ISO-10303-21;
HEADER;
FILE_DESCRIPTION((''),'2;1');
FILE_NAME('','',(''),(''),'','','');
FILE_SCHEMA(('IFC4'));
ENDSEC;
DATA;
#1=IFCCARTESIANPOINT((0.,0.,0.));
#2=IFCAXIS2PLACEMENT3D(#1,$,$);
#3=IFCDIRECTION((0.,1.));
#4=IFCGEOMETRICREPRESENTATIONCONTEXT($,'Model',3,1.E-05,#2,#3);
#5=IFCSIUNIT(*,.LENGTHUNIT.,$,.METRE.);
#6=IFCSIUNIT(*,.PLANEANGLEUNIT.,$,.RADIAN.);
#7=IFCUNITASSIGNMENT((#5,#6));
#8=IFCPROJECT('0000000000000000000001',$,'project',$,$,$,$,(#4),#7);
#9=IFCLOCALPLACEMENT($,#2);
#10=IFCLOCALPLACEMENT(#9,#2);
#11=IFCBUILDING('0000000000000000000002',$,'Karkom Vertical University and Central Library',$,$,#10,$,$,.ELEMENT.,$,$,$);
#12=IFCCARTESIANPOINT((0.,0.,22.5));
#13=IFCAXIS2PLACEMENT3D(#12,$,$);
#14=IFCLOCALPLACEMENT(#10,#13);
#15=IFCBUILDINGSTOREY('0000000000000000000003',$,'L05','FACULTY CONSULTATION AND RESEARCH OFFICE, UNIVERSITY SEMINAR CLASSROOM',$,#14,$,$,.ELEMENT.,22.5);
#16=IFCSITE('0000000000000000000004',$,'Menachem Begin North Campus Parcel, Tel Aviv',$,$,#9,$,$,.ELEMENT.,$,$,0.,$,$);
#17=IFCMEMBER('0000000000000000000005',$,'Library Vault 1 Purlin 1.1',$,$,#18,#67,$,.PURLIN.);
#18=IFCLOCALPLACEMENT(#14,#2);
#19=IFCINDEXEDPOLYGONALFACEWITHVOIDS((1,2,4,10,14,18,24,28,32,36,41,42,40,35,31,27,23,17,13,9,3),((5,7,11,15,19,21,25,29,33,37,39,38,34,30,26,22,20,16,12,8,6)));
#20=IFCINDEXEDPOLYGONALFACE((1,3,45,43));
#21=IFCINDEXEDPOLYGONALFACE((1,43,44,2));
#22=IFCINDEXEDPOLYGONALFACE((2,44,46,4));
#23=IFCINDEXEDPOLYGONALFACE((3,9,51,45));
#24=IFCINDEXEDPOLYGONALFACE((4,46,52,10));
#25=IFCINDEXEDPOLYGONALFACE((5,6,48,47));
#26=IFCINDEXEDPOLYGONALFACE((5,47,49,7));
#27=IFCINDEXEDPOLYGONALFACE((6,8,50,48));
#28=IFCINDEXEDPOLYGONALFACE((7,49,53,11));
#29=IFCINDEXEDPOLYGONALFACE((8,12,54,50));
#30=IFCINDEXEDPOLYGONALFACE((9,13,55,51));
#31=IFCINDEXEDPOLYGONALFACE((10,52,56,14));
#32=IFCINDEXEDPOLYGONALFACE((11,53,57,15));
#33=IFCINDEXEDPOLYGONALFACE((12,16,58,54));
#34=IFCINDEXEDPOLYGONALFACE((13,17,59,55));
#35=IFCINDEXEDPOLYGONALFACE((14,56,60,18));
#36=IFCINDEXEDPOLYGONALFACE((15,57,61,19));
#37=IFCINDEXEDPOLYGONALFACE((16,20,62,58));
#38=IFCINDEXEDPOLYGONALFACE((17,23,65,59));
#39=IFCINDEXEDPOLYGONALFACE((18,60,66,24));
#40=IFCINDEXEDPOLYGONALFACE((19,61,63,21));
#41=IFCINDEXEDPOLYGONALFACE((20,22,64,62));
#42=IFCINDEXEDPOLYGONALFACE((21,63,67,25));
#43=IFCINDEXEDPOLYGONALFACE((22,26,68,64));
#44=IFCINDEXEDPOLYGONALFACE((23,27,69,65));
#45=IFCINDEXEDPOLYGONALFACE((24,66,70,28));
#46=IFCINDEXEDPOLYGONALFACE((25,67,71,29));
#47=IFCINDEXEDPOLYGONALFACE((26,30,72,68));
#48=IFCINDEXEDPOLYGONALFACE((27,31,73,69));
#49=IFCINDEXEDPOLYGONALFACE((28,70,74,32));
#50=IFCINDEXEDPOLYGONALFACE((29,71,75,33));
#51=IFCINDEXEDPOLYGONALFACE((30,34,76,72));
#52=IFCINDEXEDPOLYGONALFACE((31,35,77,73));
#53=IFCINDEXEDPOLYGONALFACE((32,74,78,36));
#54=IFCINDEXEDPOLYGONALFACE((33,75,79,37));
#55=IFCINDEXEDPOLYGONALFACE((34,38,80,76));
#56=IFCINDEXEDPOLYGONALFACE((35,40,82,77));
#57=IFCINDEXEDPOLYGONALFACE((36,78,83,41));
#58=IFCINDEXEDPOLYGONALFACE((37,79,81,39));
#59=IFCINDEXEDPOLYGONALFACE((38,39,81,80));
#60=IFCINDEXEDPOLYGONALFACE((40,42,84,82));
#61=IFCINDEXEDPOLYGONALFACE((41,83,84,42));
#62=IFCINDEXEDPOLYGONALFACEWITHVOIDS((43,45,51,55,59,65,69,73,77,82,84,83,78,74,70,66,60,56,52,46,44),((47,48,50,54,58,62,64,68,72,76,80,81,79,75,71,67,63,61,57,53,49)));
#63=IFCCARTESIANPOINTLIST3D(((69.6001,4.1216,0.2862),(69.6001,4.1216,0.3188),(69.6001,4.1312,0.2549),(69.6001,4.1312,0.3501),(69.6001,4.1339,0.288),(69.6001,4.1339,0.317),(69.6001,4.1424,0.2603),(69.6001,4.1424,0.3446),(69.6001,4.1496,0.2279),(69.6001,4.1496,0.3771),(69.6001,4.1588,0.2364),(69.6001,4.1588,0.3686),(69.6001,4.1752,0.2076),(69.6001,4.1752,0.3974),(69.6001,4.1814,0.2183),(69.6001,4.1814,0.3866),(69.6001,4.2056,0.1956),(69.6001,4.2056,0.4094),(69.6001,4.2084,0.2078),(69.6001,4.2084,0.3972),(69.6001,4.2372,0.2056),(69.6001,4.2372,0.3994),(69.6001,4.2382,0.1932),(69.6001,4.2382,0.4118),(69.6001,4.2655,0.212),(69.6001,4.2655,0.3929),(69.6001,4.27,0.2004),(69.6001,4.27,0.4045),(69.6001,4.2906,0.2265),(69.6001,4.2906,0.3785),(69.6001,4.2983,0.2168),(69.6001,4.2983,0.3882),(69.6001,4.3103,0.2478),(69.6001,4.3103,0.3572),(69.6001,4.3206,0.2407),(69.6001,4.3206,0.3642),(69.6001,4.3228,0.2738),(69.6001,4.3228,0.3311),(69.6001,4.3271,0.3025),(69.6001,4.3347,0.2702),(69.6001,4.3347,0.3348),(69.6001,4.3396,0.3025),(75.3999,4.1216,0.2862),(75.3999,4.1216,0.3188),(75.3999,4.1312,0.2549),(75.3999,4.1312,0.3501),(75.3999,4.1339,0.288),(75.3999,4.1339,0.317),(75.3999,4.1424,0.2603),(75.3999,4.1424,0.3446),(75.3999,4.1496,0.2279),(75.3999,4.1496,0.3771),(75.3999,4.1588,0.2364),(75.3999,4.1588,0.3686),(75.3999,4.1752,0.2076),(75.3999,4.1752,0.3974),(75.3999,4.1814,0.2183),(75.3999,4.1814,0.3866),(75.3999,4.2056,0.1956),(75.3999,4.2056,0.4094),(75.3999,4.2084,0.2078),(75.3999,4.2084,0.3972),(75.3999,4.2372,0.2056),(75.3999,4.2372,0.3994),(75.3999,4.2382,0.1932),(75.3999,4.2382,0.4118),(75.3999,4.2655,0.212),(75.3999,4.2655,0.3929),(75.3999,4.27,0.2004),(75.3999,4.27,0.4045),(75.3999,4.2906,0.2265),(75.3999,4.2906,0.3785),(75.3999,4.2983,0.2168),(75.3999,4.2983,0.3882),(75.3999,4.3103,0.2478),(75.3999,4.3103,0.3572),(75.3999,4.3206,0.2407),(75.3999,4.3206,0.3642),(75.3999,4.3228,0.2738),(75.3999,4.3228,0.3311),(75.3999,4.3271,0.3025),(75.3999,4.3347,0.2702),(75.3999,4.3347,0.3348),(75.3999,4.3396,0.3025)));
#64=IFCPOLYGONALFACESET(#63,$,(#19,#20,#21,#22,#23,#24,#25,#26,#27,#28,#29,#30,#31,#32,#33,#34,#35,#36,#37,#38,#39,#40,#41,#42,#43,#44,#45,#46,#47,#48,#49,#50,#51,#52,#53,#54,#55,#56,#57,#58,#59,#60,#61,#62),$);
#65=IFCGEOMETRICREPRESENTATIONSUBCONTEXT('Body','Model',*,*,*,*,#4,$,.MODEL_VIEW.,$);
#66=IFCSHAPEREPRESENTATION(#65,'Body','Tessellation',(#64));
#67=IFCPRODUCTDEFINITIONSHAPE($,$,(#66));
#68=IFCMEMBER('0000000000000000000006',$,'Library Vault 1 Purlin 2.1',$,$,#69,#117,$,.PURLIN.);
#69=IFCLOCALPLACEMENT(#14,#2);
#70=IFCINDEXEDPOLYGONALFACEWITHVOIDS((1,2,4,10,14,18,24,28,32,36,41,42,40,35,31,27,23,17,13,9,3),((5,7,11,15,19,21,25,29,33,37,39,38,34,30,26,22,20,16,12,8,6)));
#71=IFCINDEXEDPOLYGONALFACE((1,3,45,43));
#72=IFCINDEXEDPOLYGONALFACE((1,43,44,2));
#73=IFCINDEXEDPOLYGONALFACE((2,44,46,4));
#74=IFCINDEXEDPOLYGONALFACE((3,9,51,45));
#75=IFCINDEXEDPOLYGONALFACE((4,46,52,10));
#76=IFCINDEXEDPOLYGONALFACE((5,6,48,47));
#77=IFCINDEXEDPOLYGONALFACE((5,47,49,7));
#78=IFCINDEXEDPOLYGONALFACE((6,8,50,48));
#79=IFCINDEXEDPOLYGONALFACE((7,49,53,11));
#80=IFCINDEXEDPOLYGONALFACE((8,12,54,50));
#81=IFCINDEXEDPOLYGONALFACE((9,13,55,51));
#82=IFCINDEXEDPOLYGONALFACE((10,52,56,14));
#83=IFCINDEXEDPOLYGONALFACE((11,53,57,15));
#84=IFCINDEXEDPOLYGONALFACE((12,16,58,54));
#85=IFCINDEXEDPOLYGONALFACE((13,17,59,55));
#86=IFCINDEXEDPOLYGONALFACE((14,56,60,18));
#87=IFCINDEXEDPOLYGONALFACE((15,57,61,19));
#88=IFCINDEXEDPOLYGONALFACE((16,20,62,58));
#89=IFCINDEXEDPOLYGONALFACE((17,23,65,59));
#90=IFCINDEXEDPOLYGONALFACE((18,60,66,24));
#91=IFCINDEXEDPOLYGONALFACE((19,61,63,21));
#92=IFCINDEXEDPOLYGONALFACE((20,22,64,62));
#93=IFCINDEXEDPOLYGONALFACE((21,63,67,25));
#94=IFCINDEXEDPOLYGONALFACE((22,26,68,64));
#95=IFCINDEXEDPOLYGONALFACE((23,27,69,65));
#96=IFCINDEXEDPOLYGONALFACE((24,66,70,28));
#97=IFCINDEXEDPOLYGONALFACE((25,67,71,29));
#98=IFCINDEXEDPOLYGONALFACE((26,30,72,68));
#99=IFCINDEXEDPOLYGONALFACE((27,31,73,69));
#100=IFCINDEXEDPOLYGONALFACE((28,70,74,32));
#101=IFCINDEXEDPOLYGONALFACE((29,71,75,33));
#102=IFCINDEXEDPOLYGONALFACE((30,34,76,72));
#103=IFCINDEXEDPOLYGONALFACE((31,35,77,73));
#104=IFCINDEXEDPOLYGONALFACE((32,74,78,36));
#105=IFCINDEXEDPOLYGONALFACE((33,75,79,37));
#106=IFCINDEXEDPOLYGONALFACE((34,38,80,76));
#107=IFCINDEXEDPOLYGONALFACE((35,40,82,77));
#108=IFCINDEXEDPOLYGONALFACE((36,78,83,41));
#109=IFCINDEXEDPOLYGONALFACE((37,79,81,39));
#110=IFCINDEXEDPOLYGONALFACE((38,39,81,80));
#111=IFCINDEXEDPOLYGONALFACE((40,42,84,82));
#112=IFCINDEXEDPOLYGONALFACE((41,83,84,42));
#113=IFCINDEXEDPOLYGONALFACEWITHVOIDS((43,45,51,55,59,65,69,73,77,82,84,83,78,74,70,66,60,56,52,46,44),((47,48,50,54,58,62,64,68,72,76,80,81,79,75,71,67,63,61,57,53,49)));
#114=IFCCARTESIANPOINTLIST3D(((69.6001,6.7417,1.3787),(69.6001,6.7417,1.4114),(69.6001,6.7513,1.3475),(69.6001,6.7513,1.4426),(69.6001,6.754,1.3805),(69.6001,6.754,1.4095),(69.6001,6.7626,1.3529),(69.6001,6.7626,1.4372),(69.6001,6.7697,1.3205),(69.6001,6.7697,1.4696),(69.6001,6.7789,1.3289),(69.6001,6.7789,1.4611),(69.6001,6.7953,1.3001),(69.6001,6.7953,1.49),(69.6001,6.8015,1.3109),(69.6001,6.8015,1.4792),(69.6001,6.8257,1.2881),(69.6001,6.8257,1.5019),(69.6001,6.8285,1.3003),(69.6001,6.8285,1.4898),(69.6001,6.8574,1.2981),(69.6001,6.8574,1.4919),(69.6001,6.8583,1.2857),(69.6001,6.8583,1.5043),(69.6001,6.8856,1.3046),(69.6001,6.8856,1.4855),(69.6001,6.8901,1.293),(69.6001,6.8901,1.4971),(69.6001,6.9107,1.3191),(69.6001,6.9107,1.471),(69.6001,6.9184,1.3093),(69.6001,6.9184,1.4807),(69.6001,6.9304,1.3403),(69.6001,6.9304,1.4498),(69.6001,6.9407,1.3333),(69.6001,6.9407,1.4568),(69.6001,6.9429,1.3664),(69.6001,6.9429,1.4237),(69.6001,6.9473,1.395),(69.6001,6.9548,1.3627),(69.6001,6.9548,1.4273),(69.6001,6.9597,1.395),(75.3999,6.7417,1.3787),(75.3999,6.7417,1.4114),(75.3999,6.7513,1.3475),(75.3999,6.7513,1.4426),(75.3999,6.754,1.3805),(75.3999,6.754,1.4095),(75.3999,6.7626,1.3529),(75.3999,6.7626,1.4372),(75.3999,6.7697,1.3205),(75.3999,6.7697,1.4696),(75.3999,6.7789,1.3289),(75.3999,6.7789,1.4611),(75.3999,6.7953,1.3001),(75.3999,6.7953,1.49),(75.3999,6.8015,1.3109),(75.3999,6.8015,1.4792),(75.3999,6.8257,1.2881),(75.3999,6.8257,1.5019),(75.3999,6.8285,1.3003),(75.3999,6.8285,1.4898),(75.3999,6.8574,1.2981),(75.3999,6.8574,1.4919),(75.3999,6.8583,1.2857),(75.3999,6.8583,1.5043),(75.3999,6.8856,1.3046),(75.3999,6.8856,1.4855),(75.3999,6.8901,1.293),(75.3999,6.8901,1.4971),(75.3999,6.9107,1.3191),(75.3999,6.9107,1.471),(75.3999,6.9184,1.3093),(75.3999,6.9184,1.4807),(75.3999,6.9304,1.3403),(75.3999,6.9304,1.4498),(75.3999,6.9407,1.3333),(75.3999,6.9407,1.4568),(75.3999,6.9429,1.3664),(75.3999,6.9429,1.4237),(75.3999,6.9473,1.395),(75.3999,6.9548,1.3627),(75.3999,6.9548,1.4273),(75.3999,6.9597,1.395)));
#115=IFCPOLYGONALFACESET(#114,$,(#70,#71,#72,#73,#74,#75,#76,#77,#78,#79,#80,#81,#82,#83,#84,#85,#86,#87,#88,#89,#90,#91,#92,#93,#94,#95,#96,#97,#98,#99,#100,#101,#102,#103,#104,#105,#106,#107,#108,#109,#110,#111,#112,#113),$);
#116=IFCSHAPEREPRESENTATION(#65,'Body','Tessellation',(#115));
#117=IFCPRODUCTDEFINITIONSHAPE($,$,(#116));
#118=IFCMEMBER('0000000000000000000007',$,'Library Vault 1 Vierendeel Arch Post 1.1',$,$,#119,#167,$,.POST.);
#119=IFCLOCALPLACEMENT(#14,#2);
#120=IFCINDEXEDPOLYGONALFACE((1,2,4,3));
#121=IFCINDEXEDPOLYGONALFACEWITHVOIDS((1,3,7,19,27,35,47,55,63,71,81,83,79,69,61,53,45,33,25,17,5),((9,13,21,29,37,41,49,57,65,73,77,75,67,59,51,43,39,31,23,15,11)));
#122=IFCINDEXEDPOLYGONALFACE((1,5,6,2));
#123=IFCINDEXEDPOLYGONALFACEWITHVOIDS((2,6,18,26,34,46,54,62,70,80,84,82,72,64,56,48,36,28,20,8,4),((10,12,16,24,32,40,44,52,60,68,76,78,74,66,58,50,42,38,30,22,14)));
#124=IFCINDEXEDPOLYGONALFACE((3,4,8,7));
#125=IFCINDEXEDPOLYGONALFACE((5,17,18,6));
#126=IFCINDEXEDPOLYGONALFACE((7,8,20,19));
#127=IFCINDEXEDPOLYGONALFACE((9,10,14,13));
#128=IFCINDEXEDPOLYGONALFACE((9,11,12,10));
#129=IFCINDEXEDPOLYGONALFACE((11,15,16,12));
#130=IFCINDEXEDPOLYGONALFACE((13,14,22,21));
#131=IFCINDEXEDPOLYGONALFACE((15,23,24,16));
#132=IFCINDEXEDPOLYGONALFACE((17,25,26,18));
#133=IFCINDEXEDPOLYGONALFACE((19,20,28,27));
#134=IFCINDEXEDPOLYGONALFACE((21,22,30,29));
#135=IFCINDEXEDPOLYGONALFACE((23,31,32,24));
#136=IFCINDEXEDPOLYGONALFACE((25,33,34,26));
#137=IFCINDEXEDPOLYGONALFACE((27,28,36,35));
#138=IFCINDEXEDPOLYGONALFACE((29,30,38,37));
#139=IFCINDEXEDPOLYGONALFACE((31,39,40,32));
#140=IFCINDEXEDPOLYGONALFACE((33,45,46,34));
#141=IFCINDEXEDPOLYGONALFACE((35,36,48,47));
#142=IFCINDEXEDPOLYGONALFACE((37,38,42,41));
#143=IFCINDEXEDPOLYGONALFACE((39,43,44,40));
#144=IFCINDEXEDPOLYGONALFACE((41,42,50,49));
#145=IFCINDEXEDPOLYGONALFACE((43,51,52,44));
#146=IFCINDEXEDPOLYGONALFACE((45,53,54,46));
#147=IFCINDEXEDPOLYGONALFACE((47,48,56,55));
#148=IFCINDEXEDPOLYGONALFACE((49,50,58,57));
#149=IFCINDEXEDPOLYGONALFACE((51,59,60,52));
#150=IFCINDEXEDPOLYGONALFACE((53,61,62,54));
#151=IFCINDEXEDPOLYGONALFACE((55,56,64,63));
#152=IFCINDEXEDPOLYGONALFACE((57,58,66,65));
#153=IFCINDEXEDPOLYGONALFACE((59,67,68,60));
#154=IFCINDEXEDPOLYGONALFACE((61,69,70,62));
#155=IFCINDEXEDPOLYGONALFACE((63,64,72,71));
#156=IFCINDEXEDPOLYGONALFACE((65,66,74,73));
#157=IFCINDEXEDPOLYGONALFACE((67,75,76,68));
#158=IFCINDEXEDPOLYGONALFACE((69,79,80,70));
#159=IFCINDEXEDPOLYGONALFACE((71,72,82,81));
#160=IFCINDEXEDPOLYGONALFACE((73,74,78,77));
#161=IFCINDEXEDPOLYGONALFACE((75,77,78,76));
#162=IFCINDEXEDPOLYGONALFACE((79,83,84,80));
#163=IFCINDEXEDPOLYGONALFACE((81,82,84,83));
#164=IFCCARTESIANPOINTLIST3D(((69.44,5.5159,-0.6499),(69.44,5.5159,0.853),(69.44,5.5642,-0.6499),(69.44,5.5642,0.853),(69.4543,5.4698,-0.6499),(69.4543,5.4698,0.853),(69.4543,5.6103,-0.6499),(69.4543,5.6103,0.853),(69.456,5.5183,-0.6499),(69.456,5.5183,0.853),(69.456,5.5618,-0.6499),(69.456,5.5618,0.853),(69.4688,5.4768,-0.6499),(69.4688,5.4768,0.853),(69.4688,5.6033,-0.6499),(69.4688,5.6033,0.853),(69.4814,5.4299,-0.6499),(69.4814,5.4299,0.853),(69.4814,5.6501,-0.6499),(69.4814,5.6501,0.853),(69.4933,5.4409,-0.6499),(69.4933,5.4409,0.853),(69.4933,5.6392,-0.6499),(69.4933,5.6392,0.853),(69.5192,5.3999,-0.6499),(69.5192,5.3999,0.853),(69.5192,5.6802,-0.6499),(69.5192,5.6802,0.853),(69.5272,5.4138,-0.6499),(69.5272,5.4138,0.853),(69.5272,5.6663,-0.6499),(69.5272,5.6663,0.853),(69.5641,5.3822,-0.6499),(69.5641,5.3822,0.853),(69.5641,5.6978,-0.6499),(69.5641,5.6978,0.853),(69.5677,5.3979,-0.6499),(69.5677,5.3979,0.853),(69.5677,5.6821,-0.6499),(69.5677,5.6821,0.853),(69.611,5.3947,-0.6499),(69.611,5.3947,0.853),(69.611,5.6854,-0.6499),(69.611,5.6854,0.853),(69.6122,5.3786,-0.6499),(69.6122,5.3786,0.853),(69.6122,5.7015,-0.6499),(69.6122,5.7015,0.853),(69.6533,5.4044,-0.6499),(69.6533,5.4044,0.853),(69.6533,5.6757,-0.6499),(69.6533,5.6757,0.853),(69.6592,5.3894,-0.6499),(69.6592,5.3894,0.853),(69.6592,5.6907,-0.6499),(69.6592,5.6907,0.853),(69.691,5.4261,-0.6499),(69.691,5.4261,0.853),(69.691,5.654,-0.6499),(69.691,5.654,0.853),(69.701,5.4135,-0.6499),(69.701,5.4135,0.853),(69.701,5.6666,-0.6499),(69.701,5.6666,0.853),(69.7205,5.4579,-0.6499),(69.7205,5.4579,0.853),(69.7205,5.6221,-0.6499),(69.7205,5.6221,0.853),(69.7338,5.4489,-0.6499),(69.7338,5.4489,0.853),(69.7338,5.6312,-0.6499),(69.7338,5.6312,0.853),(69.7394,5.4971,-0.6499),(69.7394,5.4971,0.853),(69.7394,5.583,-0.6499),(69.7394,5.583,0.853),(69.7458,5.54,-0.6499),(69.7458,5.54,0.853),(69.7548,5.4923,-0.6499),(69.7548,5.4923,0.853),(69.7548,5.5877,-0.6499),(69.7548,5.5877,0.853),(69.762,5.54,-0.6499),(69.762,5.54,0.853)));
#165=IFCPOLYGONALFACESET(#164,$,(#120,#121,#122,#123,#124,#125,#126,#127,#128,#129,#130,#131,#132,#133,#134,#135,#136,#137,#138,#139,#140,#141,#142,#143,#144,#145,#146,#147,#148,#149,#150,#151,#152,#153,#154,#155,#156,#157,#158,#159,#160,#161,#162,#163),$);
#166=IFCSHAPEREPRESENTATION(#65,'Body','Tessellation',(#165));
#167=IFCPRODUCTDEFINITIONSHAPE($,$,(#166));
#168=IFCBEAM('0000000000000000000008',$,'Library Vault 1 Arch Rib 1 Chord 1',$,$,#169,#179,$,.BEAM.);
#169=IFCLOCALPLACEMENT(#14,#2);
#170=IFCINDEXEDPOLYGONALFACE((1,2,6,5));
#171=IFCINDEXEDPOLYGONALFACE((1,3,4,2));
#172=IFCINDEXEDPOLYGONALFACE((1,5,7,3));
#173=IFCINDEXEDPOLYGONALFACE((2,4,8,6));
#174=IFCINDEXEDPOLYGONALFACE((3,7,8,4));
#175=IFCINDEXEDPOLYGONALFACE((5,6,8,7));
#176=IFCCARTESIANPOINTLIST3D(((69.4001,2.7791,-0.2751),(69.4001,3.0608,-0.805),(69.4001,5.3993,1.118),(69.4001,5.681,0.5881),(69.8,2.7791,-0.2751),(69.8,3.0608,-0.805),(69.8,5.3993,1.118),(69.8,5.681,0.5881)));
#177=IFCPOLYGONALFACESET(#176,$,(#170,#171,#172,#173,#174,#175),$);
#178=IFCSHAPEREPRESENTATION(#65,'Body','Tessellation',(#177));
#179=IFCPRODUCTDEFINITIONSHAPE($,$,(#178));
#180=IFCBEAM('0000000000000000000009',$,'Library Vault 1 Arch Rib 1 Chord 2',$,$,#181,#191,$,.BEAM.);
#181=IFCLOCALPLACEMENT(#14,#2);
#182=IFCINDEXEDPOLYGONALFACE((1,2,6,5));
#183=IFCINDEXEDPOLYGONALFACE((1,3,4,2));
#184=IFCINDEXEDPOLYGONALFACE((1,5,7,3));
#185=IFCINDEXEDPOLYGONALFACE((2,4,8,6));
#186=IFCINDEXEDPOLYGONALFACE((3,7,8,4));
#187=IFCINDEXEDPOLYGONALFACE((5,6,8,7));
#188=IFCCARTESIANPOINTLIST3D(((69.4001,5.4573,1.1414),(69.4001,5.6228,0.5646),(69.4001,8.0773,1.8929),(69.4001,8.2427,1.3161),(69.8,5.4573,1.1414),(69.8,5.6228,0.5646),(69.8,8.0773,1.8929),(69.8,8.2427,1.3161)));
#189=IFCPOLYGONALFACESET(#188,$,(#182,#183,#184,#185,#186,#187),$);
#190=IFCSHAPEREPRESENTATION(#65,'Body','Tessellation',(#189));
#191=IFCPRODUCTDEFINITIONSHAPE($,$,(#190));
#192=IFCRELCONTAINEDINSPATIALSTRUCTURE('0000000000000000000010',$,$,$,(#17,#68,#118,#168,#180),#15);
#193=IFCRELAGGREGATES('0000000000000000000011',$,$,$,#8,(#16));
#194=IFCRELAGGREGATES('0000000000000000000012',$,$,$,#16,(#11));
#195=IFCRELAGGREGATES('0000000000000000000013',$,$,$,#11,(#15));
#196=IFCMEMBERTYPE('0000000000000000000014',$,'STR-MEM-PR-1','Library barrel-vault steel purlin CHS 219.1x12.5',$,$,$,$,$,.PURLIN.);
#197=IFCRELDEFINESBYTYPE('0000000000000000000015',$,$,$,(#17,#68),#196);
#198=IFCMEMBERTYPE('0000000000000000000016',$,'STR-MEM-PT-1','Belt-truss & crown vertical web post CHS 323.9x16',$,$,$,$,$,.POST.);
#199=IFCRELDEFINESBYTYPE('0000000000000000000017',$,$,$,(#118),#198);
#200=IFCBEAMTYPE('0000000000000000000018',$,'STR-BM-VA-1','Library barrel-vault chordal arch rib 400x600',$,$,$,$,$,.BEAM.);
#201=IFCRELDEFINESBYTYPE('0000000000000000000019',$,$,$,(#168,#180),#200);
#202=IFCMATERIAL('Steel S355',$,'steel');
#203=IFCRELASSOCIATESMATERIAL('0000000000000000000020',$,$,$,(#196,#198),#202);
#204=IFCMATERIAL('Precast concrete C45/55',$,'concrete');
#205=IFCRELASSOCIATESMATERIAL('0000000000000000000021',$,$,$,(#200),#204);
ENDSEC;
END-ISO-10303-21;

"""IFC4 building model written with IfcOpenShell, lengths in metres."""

from ifc_helpers import new_model, si_unit, direction, frame, origin, origin_with_axes, origin_2d, place, context, subcontext, project, spatial, rectangle, hollow_circle, extrude, source, transform, mapped, material, material_profile, profile_set, type_object, element, save


model = new_model("IFC4")

# Units and contexts
model_context = context("Model", 3, precision=1e-05, world=origin(), true_north=direction((0.0, 1.0)))
body_context = subcontext(model_context, "Body", "Model", "MODEL_VIEW")
ifc_project = project(units=[si_unit("LENGTHUNIT", "METRE"), si_unit("PLANEANGLEUNIT", "RADIAN")], contexts=[model_context])

# Site, building, storey
site_placement = place(None, origin())
site = spatial("IfcSite", under=ifc_project, at=site_placement, Name="Menachem Begin North Campus Parcel, Tel Aviv", CompositionType="ELEMENT", RefElevation=0.0)
building_placement = place(site_placement, origin())
building = spatial("IfcBuilding", under=site, at=building_placement, Name="Karkom Vertical University and Central Library", CompositionType="ELEMENT")
storey_placement = place(building_placement, frame((0.0, 0.0, 22.5)))
storey = spatial("IfcBuildingStorey", under=building, at=storey_placement, Name="L05", Description="FACULTY CONSULTATION AND RESEARCH OFFICE, UNIVERSITY SEMINAR CLASSROOM", CompositionType="ELEMENT", Elevation=22.5)

# Members
ifc_material_1 = material(Name="Steel S355", Category="steel")
ifc_material_profile_1 = material_profile(ifc_material_1, hollow_circle(Radius=0.1096, WallThickness=0.0125, at=origin_2d()), Name="CHS 219.1x12.5")
ifc_profile_set_1 = profile_set([ifc_material_profile_1], Name="Steel S355")
member_type_1 = type_object("IfcMemberType", Name="STR-MEM-PR-1", Description="Library barrel-vault steel purlin CHS 219.1x12.5", PredefinedType="PURLIN", material=ifc_profile_set_1)
shared_shape_1 = source(origin_with_axes(), body_context, "Body", "SweptSolid", [
    extrude(hollow_circle(Radius=0.1096, WallThickness=0.0125, at=origin_2d()), origin(), (0.0, 0.0, 1.0), 5.7998),
])
for number, where, z_axis, x_axis, name in (
    (1, (69.6001, 4.23, 0.3025), (1.0, 0.0, 0.0), (0.0, 1.0, 0.0), "Library Vault 1 Purlin 1.1"),
    (2, (69.6001, 6.8501, 1.395), (1.0, 0.0, 0.0), (0.0, 1.0, 0.0), "Library Vault 1 Purlin 2.1"),
):
    element("IfcMember", number, at=place(storey_placement, frame(where, z_axis=z_axis, x_axis=x_axis)), inside=storey, type_object=member_type_1, Name=name, PredefinedType="PURLIN", context=body_context, shape_type="MappedRepresentation", body=[
        mapped(shared_shape_1, transform((0.0, 0.0, 0.0), scale=1.0)),
    ])
ifc_material_profile_2 = material_profile(ifc_material_1, hollow_circle(Radius=0.1619, WallThickness=0.0161, at=origin_2d()), Name="CHS 323.9x16")
ifc_profile_set_2 = profile_set([ifc_material_profile_2], Name="Steel S355")
member_type_2 = type_object("IfcMemberType", Name="STR-MEM-PT-1", Description="Belt-truss & crown vertical web post CHS 323.9x16", PredefinedType="POST", material=ifc_profile_set_2)
shared_shape_2 = source(origin_with_axes(), body_context, "Body", "SweptSolid", [
    extrude(hollow_circle(Radius=0.1619, WallThickness=0.0161, at=origin_2d()), origin(), (0.0, 0.0, 1.0), 1.5029),
])
member_placement = place(storey_placement, frame((69.6001, 5.54, -0.6499), z_axis=(0.0, 0.0, 1.0), x_axis=(1.0, 0.0, 0.0)))
element("IfcMember", 3, at=member_placement, inside=storey, type_object=member_type_2, Name="Library Vault 1 Vierendeel Arch Post 1.1", PredefinedType="POST", context=body_context, shape_type="MappedRepresentation", body=[
    mapped(shared_shape_2, transform((0.0, 0.0, 0.0), scale=1.0)),
])

# Beams
ifc_material_2 = material(Name="Precast concrete C45/55", Category="concrete")
ifc_material_profile_3 = material_profile(ifc_material_2, rectangle(XDim=0.3999, YDim=0.6001, at=origin_2d()), Name="RCB-400x600")
ifc_profile_set_3 = profile_set([ifc_material_profile_3], Name="Precast concrete C45/55")
beam_type = type_object("IfcBeamType", Name="STR-BM-VA-1", Description="Library barrel-vault chordal arch rib 400x600", PredefinedType="BEAM", material=ifc_profile_set_3)
shared_shape_3 = source(origin_with_axes(), body_context, "Body", "SweptSolid", [
    extrude(rectangle(XDim=0.3999, YDim=0.6001, at=origin_2d()), origin(), (0.0, 0.0, 1.0), 2.9675),
])
beam_1_placement = place(storey_placement, frame((69.6001, 2.9199, -0.54), z_axis=(0.0, 0.882958, 0.469452), x_axis=(-1.0, 0.0, 0.0)))
element("IfcBeam", 4, at=beam_1_placement, inside=storey, type_object=beam_type, Name="Library Vault 1 Arch Rib 1 Chord 1", PredefinedType="BEAM", context=body_context, shape_type="MappedRepresentation", body=[
    mapped(shared_shape_3, transform((0.0, 0.0, 0.0), scale=1.0)),
])
shared_shape_4 = source(origin_with_axes(), body_context, "Body", "SweptSolid", [
    extrude(rectangle(XDim=0.3999, YDim=0.6001, at=origin_2d()), origin(), (0.0, 0.0, 1.0), 2.7256),
])
beam_2_placement = place(storey_placement, frame((69.6001, 5.54, 0.853), z_axis=(0.0, 0.961239, 0.275715), x_axis=(-1.0, 0.0, 0.0)))
element("IfcBeam", 5, at=beam_2_placement, inside=storey, type_object=beam_type, Name="Library Vault 1 Arch Rib 1 Chord 2", PredefinedType="BEAM", context=body_context, shape_type="MappedRepresentation", body=[
    mapped(shared_shape_4, transform((0.0, 0.0, 0.0), scale=1.0)),
])

save(model, "model.ifc")
